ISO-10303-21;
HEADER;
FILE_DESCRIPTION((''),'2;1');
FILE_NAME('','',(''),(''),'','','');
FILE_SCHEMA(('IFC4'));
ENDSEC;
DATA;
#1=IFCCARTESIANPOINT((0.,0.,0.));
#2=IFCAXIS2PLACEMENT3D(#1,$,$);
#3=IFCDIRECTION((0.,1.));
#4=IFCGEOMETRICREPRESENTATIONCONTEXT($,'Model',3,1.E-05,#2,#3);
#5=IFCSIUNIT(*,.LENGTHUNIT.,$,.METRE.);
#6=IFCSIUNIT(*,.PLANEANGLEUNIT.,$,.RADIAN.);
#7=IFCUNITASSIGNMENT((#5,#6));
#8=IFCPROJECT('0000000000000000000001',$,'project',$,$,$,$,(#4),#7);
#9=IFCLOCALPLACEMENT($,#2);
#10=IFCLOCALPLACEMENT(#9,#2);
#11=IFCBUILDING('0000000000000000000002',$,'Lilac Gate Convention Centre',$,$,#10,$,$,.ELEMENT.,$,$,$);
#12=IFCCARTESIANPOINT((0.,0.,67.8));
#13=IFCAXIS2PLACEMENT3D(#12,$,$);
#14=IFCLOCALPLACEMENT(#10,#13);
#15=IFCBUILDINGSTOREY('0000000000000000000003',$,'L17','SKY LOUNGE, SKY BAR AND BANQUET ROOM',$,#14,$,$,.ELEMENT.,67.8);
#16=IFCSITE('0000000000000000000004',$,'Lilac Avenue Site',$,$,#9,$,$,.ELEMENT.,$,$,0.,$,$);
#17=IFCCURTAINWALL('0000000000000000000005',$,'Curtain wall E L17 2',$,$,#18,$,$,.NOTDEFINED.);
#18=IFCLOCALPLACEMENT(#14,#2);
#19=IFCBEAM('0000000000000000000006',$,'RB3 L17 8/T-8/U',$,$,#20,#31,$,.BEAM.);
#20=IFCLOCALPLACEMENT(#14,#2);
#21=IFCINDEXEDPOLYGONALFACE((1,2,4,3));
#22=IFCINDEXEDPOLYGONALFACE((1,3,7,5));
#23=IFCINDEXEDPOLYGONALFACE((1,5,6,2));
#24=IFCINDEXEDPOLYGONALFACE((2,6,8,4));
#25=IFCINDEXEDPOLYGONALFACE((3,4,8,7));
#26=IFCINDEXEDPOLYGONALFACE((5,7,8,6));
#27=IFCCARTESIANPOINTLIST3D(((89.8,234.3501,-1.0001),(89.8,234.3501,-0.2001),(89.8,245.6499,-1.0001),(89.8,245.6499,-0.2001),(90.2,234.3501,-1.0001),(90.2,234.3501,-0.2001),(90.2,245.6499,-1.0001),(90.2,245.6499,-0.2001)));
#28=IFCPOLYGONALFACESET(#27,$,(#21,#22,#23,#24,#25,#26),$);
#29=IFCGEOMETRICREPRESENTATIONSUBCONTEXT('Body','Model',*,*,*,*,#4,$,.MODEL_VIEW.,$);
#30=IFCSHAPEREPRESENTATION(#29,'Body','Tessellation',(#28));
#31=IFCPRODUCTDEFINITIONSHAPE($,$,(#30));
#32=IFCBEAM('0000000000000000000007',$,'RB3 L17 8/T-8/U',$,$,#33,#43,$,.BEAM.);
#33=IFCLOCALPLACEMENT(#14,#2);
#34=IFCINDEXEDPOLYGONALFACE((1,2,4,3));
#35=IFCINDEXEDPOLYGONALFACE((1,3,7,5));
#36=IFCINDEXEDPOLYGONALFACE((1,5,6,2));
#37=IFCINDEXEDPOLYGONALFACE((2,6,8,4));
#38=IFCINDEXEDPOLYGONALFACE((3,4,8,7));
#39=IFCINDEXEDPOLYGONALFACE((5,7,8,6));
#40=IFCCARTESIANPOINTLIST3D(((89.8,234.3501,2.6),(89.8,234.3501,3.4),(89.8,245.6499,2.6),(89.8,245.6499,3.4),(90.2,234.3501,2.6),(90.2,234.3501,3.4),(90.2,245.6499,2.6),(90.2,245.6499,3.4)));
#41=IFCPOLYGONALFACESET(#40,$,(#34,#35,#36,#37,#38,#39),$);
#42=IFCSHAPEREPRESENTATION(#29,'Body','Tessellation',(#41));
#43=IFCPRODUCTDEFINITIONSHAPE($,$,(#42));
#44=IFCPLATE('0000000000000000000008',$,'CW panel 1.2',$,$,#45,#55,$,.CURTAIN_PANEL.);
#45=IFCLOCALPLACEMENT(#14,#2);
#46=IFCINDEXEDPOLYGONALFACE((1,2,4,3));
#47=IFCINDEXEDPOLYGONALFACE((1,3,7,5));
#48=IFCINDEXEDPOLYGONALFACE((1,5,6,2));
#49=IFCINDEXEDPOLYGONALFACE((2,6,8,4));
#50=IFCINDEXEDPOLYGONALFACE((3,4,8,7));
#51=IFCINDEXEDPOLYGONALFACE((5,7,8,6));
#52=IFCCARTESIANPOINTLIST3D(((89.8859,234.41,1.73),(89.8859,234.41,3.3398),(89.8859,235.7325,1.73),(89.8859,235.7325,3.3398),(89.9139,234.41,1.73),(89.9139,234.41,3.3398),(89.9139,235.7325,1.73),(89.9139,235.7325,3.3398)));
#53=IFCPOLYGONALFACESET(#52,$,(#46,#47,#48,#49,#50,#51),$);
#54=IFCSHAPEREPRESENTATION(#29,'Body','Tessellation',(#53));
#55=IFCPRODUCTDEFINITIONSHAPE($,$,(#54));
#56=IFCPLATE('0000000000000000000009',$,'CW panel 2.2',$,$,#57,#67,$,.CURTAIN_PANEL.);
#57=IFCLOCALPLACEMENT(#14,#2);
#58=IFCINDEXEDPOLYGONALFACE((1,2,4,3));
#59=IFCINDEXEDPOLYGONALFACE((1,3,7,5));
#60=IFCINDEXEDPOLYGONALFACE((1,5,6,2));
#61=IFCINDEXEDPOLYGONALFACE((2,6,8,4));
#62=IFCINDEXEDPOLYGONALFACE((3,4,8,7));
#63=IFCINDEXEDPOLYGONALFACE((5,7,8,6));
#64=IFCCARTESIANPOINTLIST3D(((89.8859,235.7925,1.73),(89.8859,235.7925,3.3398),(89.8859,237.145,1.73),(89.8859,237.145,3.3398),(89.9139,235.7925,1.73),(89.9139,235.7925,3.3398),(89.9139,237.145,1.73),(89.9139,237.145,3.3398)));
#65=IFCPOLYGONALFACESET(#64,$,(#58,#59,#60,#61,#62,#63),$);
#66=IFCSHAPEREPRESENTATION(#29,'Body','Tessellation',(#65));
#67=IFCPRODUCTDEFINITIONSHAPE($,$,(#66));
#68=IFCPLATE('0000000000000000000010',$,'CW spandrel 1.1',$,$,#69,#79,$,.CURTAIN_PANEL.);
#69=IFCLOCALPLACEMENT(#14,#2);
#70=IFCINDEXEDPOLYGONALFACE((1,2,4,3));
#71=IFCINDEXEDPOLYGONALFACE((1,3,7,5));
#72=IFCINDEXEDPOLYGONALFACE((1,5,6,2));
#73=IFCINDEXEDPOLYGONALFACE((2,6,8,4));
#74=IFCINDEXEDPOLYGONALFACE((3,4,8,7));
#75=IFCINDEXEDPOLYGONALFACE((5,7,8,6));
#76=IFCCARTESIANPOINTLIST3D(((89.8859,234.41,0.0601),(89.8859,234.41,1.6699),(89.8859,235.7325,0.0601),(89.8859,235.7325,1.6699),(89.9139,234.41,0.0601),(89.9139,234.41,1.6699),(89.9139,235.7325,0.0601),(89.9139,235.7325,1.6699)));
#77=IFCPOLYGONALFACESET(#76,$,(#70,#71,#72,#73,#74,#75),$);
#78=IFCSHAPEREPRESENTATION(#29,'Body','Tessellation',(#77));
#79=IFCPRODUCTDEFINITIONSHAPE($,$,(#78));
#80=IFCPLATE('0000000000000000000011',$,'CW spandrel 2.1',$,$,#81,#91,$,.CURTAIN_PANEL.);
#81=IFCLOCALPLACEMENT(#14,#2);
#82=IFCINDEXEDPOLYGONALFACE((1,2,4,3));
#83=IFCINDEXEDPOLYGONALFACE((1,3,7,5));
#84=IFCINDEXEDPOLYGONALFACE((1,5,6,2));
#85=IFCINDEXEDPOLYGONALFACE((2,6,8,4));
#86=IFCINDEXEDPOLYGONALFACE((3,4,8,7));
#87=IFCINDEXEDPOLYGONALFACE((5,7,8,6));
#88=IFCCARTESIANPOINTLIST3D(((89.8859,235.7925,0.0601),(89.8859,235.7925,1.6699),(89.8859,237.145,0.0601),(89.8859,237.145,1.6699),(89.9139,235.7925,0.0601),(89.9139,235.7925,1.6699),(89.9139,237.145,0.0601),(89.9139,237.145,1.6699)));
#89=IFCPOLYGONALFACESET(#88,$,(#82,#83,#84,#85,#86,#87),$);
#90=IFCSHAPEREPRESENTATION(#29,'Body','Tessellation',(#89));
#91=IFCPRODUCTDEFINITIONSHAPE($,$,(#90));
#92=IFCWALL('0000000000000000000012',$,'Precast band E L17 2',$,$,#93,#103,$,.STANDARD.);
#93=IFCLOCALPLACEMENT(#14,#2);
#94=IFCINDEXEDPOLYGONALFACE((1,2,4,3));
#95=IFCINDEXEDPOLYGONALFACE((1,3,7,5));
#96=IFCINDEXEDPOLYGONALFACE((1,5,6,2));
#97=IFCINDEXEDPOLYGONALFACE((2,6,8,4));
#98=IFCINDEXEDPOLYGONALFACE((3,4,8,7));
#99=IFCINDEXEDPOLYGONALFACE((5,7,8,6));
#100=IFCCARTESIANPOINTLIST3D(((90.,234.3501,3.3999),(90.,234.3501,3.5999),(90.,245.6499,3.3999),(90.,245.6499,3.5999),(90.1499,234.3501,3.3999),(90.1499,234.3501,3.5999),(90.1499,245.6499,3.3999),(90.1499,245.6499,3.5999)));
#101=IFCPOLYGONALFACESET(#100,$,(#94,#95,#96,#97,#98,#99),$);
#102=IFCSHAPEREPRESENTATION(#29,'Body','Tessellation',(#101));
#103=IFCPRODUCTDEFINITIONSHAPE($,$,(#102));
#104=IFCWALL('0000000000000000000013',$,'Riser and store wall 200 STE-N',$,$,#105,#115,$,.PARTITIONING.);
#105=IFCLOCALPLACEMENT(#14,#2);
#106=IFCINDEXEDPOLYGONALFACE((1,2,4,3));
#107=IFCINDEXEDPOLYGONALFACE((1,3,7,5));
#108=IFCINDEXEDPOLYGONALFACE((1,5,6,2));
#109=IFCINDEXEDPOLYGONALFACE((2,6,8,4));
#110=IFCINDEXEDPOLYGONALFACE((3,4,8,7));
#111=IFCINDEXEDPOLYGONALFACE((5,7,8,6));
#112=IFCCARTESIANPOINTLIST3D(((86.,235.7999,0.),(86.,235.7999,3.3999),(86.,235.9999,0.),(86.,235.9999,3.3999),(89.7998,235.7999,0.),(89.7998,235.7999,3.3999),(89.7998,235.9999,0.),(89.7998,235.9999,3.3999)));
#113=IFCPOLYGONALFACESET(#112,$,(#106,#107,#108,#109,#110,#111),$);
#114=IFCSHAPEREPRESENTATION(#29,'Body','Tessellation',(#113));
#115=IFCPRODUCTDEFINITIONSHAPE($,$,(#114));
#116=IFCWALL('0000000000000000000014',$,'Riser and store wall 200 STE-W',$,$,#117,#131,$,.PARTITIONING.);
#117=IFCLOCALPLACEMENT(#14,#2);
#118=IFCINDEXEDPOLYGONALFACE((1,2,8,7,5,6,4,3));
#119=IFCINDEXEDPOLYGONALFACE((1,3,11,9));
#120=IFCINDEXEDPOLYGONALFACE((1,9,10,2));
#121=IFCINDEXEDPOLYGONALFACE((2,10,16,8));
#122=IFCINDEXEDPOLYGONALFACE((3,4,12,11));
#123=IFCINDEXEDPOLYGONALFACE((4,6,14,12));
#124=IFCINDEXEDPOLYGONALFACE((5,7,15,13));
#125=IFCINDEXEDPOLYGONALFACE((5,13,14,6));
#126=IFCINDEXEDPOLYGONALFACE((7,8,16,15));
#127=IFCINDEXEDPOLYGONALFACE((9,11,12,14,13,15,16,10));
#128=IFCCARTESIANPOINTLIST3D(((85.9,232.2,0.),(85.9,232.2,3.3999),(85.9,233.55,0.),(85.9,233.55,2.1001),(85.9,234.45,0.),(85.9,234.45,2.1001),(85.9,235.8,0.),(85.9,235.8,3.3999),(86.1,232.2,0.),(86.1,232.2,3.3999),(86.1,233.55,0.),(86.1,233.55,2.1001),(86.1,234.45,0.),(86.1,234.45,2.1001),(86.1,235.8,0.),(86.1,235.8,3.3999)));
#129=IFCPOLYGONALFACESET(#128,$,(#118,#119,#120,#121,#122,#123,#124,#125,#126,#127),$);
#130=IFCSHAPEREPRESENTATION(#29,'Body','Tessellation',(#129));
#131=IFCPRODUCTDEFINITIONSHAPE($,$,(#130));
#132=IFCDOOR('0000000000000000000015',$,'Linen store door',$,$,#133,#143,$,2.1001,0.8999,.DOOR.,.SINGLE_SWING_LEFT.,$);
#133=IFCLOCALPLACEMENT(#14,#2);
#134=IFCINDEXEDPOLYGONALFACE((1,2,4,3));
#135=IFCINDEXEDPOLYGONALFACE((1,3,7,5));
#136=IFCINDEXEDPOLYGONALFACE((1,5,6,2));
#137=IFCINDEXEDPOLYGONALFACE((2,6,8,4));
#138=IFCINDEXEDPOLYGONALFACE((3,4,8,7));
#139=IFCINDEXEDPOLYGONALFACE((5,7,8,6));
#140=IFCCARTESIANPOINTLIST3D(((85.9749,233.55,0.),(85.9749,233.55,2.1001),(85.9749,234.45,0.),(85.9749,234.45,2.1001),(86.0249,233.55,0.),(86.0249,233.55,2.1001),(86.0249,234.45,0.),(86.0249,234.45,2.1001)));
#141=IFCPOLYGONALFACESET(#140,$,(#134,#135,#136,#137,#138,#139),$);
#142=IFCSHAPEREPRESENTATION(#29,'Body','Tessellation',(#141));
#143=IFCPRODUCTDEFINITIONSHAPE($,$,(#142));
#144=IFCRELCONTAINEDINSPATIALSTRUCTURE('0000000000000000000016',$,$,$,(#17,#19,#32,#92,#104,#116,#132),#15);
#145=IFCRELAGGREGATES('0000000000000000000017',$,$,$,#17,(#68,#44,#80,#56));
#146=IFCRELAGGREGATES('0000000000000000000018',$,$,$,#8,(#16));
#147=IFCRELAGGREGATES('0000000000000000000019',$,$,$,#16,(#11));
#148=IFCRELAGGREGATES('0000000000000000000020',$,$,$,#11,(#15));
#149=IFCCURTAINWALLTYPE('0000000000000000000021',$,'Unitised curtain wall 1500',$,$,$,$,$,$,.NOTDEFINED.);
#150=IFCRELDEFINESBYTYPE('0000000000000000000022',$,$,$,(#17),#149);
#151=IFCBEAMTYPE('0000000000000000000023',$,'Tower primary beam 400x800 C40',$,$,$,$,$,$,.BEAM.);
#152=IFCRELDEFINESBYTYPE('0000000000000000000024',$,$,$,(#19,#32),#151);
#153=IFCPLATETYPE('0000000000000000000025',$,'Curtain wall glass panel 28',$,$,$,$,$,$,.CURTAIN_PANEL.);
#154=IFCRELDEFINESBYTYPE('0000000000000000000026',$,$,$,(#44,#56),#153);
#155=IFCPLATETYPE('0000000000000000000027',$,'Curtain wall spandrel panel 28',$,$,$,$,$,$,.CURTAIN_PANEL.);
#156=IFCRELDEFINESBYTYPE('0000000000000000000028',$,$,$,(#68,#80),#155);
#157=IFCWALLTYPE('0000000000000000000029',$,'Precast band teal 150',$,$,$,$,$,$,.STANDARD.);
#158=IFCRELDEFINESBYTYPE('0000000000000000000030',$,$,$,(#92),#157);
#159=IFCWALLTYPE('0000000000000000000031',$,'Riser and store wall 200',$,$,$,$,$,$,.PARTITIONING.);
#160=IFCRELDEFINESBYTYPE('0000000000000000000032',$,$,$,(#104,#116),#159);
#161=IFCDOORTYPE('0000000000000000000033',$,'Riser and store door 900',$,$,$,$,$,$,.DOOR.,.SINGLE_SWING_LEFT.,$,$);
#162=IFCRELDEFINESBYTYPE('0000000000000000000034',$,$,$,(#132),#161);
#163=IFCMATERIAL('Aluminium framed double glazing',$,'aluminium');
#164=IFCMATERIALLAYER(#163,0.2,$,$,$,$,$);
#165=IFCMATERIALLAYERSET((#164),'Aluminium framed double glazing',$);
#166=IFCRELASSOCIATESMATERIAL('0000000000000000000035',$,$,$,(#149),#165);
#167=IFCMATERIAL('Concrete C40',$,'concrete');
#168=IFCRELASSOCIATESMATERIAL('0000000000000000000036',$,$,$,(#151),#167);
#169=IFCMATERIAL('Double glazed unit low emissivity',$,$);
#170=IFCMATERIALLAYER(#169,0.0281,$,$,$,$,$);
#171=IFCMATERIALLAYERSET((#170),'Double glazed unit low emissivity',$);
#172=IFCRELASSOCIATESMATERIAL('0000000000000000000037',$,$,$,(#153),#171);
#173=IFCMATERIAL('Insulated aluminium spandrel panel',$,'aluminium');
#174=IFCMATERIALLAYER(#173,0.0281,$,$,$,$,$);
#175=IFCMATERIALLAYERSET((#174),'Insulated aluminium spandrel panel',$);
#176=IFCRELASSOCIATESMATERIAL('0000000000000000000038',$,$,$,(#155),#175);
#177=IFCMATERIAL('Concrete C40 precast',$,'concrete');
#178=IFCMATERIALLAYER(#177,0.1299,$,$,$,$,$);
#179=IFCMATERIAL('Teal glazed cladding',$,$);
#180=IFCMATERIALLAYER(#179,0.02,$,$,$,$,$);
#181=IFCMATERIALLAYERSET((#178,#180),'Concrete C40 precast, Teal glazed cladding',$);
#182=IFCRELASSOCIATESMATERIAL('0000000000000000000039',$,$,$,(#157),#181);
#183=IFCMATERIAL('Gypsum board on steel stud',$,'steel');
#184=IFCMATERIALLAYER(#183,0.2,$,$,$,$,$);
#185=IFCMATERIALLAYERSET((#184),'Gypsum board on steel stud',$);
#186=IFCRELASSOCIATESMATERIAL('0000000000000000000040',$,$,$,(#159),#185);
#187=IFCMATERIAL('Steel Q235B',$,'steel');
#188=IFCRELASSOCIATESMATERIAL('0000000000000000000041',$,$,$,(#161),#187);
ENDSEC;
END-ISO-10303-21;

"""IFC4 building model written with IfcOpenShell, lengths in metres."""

from ifc_helpers import new_model, si_unit, direction, frame, frame_2d, origin, origin_2d, place, context, subcontext, project, spatial, rectangle, extrude, material, layer, layer_set, material_profile, profile_set, type_object, element, fill, aggregate, save


model = new_model("IFC4")

# Units and contexts
model_context = context("Model", 3, precision=1e-05, world=origin(), true_north=direction((0.0, 1.0)))
body_context = subcontext(model_context, "Body", "Model", "MODEL_VIEW")
ifc_project = project(units=[si_unit("LENGTHUNIT", "METRE"), si_unit("PLANEANGLEUNIT", "RADIAN")], contexts=[model_context])

# Site, building, storey
site_placement = place(None, origin())
site = spatial("IfcSite", under=ifc_project, at=site_placement, Name="Lilac Avenue Site", CompositionType="ELEMENT", RefElevation=0.0)
building_placement = place(site_placement, origin())
building = spatial("IfcBuilding", under=site, at=building_placement, Name="Lilac Gate Convention Centre", CompositionType="ELEMENT")
storey_placement = place(building_placement, frame((0.0, 0.0, 67.8)))
storey = spatial("IfcBuildingStorey", under=building, at=storey_placement, Name="L17", Description="SKY LOUNGE, SKY BAR AND BANQUET ROOM", CompositionType="ELEMENT", Elevation=67.8)

# Shared definitions
ifc_material_1 = material(Name="Concrete C40", Category="concrete")

# Shared definitions
ifc_material_2 = material(Name="Aluminium framed double glazing", Category="aluminium")
ifc_layer_1 = layer(ifc_material_2, 0.2)
ifc_layer_set_1 = layer_set([ifc_layer_1], Name="Aluminium framed double glazing")
curtain_wall_type = type_object("IfcCurtainWallType", Name="Unitised curtain wall 1500", PredefinedType="NOTDEFINED", material=ifc_layer_set_1)

# Curtain wall
curtain_wall_1_placement = place(storey_placement, origin())
curtain_wall_1 = element("IfcCurtainWall", 1, at=curtain_wall_1_placement, inside=storey, type_object=curtain_wall_type, Name="Curtain wall E L17 2", PredefinedType="NOTDEFINED")

# Beams
ifc_material_profile_1 = material_profile(ifc_material_1, rectangle(XDim=0.3999, YDim=0.8, at=origin_2d()), Name="RC 400x800")
ifc_profile_set_1 = profile_set([ifc_material_profile_1], Name="Concrete C40")
beam_type = type_object("IfcBeamType", Name="Tower primary beam 400x800 C40", PredefinedType="BEAM", material=ifc_profile_set_1)
for number, where, z_axis, x_axis, name in (
    (2, (90.0, 234.3501, -0.6001), (0.0, 1.0, 0.0), (-1.0, 0.0, 0.0), "RB3 L17 8/T-8/U"),
    (3, (90.0, 234.3501, 3.0), (0.0, 1.0, 0.0), (-1.0, 0.0, 0.0), "RB3 L17 8/T-8/U"),
):
    element("IfcBeam", number, at=place(storey_placement, frame(where, z_axis=z_axis, x_axis=x_axis)), inside=storey, type_object=beam_type, Name=name, PredefinedType="BEAM", context=body_context, shape_type="SweptSolid", body=[
        extrude(rectangle(XDim=0.3999, YDim=0.8, at=origin_2d()), origin(), (0.0, 0.0, 1.0), 11.2998),
    ])

# Plates
ifc_material_3 = material(Name="Double glazed unit low emissivity")
ifc_layer_2 = layer(ifc_material_3, 0.0281)
ifc_layer_set_2 = layer_set([ifc_layer_2], Name="Double glazed unit low emissivity")
plate_type_1 = type_object("IfcPlateType", Name="Curtain wall glass panel 28", PredefinedType="CURTAIN_PANEL", material=ifc_layer_set_2)
plate_1_placement = place(storey_placement, frame((89.8999, 235.0713, 1.73), z_axis=(0.0, 0.0, 1.0), x_axis=(0.0, 1.0, 0.0)))
plate_1 = element("IfcPlate", 4, at=plate_1_placement, type_object=plate_type_1, Name="CW panel 1.2", PredefinedType="CURTAIN_PANEL", context=body_context, shape_type="SweptSolid", body=[
    extrude(rectangle(XDim=1.3225, YDim=0.0281, at=origin_2d()), origin(), (0.0, 0.0, 1.0), 1.6099),
])
plate_2_placement = place(storey_placement, frame((89.8999, 236.4688, 1.73), z_axis=(0.0, 0.0, 1.0), x_axis=(0.0, 1.0, 0.0)))
plate_2 = element("IfcPlate", 5, at=plate_2_placement, type_object=plate_type_1, Name="CW panel 2.2", PredefinedType="CURTAIN_PANEL", context=body_context, shape_type="SweptSolid", body=[
    extrude(rectangle(XDim=1.3525, YDim=0.0281, at=origin_2d()), origin(), (0.0, 0.0, 1.0), 1.6099),
])
ifc_material_4 = material(Name="Insulated aluminium spandrel panel", Category="aluminium")
ifc_layer_3 = layer(ifc_material_4, 0.0281)
ifc_layer_set_3 = layer_set([ifc_layer_3], Name="Insulated aluminium spandrel panel")
plate_type_2 = type_object("IfcPlateType", Name="Curtain wall spandrel panel 28", PredefinedType="CURTAIN_PANEL", material=ifc_layer_set_3)
plate_3_placement = place(storey_placement, frame((89.8999, 235.0713, 0.0601), z_axis=(0.0, 0.0, 1.0), x_axis=(0.0, 1.0, 0.0)))
plate_3 = element("IfcPlate", 6, at=plate_3_placement, type_object=plate_type_2, Name="CW spandrel 1.1", PredefinedType="CURTAIN_PANEL", context=body_context, shape_type="SweptSolid", body=[
    extrude(rectangle(XDim=1.3225, YDim=0.0281, at=origin_2d()), origin(), (0.0, 0.0, 1.0), 1.6099),
])
plate_4_placement = place(storey_placement, frame((89.8999, 236.4688, 0.0601), z_axis=(0.0, 0.0, 1.0), x_axis=(0.0, 1.0, 0.0)))
plate_4 = element("IfcPlate", 7, at=plate_4_placement, type_object=plate_type_2, Name="CW spandrel 2.1", PredefinedType="CURTAIN_PANEL", context=body_context, shape_type="SweptSolid", body=[
    extrude(rectangle(XDim=1.3525, YDim=0.0281, at=origin_2d()), origin(), (0.0, 0.0, 1.0), 1.6099),
])
aggregate(curtain_wall_1, [plate_3, plate_1, plate_4, plate_2])

# Walls
ifc_material_5 = material(Name="Concrete C40 precast", Category="concrete")
ifc_layer_4 = layer(ifc_material_5, 0.1299)
ifc_material_6 = material(Name="Teal glazed cladding")
ifc_layer_5 = layer(ifc_material_6, 0.02)
ifc_layer_set_4 = layer_set([ifc_layer_4, ifc_layer_5], Name="Concrete C40 precast, Teal glazed cladding")
wall_type_1 = type_object("IfcWallType", Name="Precast band teal 150", PredefinedType="STANDARD", material=ifc_layer_set_4)
wall_1_placement = place(storey_placement, frame((90.075, 234.3501, 3.3999), z_axis=(0.0, 0.0, 1.0), x_axis=(0.0, 1.0, 0.0)))
element("IfcWall", 8, at=wall_1_placement, inside=storey, type_object=wall_type_1, Name="Precast band E L17 2", PredefinedType="STANDARD", context=body_context, shape_type="SweptSolid", body=[
    extrude(rectangle(XDim=11.2998, YDim=0.1499, at=frame_2d((5.6499, 0.0))), origin(), (0.0, 0.0, 1.0), 0.2),
])
ifc_material_7 = material(Name="Gypsum board on steel stud", Category="steel")
ifc_layer_6 = layer(ifc_material_7, 0.2)
ifc_layer_set_5 = layer_set([ifc_layer_6], Name="Gypsum board on steel stud")
wall_type_2 = type_object("IfcWallType", Name="Riser and store wall 200", PredefinedType="PARTITIONING", material=ifc_layer_set_5)
wall_2_placement = place(storey_placement, frame((86.0, 235.8999, 0.0), z_axis=(0.0, 0.0, 1.0), x_axis=(1.0, 0.0, 0.0)))
element("IfcWall", 9, at=wall_2_placement, inside=storey, type_object=wall_type_2, Name="Riser and store wall 200 STE-N", PredefinedType="PARTITIONING", context=body_context, shape_type="SweptSolid", body=[
    extrude(rectangle(XDim=3.7998, YDim=0.2, at=frame_2d((1.8999, 0.0))), origin(), (0.0, 0.0, 1.0), 3.3999),
])

# Wall, opening, door
wall_3_placement = place(storey_placement, frame((86.0, 235.8, 0.0), z_axis=(0.0, 0.0, 1.0), x_axis=(0.0, -1.0, 0.0)))
wall_3 = element("IfcWall", 10, at=wall_3_placement, inside=storey, type_object=wall_type_2, Name="Riser and store wall 200 STE-W", PredefinedType="PARTITIONING", context=body_context, shape_type="SweptSolid", body=[
    extrude(rectangle(XDim=3.6001, YDim=0.2, at=frame_2d((1.8, 0.0))), origin(), (0.0, 0.0, 1.0), 3.3999),
])
opening_placement = place(wall_3_placement, frame((1.3501, 0.0, 0.0)))
opening = element("IfcOpeningElement", 11, at=opening_placement, cuts=wall_3, PredefinedType="OPENING", context=body_context, shape_type="SweptSolid", body=[
    extrude(rectangle(XDim=0.8999, YDim=2.1001, at=frame_2d((0.45, 1.05))), frame((0.0, 0.1099, 0.0), z_axis=(0.0, -1.0, 0.0), x_axis=(1.0, 0.0, 0.0)), (0.0, 0.0, 1.0), 0.22),
])
ifc_material_8 = material(Name="Steel Q235B", Category="steel")
door_type = type_object("IfcDoorType", Name="Riser and store door 900", OperationType="SINGLE_SWING_LEFT", PredefinedType="DOOR", material=ifc_material_8)
door_placement = place(opening_placement, origin())
door = element("IfcDoor", 12, at=door_placement, inside=storey, type_object=door_type, Name="Linen store door", OperationType="SINGLE_SWING_LEFT", OverallHeight=2.1001, OverallWidth=0.8999, PredefinedType="DOOR", context=body_context, shape_type="SweptSolid", body=[
    extrude(rectangle(XDim=0.8999, YDim=2.1001, at=frame_2d((0.45, 1.05))), frame((0.0, 0.0249, 0.0), z_axis=(0.0, -1.0, 0.0), x_axis=(1.0, 0.0, 0.0)), (0.0, 0.0, 1.0), 0.05),
])
fill(opening, door)

save(model, "model.ifc")
